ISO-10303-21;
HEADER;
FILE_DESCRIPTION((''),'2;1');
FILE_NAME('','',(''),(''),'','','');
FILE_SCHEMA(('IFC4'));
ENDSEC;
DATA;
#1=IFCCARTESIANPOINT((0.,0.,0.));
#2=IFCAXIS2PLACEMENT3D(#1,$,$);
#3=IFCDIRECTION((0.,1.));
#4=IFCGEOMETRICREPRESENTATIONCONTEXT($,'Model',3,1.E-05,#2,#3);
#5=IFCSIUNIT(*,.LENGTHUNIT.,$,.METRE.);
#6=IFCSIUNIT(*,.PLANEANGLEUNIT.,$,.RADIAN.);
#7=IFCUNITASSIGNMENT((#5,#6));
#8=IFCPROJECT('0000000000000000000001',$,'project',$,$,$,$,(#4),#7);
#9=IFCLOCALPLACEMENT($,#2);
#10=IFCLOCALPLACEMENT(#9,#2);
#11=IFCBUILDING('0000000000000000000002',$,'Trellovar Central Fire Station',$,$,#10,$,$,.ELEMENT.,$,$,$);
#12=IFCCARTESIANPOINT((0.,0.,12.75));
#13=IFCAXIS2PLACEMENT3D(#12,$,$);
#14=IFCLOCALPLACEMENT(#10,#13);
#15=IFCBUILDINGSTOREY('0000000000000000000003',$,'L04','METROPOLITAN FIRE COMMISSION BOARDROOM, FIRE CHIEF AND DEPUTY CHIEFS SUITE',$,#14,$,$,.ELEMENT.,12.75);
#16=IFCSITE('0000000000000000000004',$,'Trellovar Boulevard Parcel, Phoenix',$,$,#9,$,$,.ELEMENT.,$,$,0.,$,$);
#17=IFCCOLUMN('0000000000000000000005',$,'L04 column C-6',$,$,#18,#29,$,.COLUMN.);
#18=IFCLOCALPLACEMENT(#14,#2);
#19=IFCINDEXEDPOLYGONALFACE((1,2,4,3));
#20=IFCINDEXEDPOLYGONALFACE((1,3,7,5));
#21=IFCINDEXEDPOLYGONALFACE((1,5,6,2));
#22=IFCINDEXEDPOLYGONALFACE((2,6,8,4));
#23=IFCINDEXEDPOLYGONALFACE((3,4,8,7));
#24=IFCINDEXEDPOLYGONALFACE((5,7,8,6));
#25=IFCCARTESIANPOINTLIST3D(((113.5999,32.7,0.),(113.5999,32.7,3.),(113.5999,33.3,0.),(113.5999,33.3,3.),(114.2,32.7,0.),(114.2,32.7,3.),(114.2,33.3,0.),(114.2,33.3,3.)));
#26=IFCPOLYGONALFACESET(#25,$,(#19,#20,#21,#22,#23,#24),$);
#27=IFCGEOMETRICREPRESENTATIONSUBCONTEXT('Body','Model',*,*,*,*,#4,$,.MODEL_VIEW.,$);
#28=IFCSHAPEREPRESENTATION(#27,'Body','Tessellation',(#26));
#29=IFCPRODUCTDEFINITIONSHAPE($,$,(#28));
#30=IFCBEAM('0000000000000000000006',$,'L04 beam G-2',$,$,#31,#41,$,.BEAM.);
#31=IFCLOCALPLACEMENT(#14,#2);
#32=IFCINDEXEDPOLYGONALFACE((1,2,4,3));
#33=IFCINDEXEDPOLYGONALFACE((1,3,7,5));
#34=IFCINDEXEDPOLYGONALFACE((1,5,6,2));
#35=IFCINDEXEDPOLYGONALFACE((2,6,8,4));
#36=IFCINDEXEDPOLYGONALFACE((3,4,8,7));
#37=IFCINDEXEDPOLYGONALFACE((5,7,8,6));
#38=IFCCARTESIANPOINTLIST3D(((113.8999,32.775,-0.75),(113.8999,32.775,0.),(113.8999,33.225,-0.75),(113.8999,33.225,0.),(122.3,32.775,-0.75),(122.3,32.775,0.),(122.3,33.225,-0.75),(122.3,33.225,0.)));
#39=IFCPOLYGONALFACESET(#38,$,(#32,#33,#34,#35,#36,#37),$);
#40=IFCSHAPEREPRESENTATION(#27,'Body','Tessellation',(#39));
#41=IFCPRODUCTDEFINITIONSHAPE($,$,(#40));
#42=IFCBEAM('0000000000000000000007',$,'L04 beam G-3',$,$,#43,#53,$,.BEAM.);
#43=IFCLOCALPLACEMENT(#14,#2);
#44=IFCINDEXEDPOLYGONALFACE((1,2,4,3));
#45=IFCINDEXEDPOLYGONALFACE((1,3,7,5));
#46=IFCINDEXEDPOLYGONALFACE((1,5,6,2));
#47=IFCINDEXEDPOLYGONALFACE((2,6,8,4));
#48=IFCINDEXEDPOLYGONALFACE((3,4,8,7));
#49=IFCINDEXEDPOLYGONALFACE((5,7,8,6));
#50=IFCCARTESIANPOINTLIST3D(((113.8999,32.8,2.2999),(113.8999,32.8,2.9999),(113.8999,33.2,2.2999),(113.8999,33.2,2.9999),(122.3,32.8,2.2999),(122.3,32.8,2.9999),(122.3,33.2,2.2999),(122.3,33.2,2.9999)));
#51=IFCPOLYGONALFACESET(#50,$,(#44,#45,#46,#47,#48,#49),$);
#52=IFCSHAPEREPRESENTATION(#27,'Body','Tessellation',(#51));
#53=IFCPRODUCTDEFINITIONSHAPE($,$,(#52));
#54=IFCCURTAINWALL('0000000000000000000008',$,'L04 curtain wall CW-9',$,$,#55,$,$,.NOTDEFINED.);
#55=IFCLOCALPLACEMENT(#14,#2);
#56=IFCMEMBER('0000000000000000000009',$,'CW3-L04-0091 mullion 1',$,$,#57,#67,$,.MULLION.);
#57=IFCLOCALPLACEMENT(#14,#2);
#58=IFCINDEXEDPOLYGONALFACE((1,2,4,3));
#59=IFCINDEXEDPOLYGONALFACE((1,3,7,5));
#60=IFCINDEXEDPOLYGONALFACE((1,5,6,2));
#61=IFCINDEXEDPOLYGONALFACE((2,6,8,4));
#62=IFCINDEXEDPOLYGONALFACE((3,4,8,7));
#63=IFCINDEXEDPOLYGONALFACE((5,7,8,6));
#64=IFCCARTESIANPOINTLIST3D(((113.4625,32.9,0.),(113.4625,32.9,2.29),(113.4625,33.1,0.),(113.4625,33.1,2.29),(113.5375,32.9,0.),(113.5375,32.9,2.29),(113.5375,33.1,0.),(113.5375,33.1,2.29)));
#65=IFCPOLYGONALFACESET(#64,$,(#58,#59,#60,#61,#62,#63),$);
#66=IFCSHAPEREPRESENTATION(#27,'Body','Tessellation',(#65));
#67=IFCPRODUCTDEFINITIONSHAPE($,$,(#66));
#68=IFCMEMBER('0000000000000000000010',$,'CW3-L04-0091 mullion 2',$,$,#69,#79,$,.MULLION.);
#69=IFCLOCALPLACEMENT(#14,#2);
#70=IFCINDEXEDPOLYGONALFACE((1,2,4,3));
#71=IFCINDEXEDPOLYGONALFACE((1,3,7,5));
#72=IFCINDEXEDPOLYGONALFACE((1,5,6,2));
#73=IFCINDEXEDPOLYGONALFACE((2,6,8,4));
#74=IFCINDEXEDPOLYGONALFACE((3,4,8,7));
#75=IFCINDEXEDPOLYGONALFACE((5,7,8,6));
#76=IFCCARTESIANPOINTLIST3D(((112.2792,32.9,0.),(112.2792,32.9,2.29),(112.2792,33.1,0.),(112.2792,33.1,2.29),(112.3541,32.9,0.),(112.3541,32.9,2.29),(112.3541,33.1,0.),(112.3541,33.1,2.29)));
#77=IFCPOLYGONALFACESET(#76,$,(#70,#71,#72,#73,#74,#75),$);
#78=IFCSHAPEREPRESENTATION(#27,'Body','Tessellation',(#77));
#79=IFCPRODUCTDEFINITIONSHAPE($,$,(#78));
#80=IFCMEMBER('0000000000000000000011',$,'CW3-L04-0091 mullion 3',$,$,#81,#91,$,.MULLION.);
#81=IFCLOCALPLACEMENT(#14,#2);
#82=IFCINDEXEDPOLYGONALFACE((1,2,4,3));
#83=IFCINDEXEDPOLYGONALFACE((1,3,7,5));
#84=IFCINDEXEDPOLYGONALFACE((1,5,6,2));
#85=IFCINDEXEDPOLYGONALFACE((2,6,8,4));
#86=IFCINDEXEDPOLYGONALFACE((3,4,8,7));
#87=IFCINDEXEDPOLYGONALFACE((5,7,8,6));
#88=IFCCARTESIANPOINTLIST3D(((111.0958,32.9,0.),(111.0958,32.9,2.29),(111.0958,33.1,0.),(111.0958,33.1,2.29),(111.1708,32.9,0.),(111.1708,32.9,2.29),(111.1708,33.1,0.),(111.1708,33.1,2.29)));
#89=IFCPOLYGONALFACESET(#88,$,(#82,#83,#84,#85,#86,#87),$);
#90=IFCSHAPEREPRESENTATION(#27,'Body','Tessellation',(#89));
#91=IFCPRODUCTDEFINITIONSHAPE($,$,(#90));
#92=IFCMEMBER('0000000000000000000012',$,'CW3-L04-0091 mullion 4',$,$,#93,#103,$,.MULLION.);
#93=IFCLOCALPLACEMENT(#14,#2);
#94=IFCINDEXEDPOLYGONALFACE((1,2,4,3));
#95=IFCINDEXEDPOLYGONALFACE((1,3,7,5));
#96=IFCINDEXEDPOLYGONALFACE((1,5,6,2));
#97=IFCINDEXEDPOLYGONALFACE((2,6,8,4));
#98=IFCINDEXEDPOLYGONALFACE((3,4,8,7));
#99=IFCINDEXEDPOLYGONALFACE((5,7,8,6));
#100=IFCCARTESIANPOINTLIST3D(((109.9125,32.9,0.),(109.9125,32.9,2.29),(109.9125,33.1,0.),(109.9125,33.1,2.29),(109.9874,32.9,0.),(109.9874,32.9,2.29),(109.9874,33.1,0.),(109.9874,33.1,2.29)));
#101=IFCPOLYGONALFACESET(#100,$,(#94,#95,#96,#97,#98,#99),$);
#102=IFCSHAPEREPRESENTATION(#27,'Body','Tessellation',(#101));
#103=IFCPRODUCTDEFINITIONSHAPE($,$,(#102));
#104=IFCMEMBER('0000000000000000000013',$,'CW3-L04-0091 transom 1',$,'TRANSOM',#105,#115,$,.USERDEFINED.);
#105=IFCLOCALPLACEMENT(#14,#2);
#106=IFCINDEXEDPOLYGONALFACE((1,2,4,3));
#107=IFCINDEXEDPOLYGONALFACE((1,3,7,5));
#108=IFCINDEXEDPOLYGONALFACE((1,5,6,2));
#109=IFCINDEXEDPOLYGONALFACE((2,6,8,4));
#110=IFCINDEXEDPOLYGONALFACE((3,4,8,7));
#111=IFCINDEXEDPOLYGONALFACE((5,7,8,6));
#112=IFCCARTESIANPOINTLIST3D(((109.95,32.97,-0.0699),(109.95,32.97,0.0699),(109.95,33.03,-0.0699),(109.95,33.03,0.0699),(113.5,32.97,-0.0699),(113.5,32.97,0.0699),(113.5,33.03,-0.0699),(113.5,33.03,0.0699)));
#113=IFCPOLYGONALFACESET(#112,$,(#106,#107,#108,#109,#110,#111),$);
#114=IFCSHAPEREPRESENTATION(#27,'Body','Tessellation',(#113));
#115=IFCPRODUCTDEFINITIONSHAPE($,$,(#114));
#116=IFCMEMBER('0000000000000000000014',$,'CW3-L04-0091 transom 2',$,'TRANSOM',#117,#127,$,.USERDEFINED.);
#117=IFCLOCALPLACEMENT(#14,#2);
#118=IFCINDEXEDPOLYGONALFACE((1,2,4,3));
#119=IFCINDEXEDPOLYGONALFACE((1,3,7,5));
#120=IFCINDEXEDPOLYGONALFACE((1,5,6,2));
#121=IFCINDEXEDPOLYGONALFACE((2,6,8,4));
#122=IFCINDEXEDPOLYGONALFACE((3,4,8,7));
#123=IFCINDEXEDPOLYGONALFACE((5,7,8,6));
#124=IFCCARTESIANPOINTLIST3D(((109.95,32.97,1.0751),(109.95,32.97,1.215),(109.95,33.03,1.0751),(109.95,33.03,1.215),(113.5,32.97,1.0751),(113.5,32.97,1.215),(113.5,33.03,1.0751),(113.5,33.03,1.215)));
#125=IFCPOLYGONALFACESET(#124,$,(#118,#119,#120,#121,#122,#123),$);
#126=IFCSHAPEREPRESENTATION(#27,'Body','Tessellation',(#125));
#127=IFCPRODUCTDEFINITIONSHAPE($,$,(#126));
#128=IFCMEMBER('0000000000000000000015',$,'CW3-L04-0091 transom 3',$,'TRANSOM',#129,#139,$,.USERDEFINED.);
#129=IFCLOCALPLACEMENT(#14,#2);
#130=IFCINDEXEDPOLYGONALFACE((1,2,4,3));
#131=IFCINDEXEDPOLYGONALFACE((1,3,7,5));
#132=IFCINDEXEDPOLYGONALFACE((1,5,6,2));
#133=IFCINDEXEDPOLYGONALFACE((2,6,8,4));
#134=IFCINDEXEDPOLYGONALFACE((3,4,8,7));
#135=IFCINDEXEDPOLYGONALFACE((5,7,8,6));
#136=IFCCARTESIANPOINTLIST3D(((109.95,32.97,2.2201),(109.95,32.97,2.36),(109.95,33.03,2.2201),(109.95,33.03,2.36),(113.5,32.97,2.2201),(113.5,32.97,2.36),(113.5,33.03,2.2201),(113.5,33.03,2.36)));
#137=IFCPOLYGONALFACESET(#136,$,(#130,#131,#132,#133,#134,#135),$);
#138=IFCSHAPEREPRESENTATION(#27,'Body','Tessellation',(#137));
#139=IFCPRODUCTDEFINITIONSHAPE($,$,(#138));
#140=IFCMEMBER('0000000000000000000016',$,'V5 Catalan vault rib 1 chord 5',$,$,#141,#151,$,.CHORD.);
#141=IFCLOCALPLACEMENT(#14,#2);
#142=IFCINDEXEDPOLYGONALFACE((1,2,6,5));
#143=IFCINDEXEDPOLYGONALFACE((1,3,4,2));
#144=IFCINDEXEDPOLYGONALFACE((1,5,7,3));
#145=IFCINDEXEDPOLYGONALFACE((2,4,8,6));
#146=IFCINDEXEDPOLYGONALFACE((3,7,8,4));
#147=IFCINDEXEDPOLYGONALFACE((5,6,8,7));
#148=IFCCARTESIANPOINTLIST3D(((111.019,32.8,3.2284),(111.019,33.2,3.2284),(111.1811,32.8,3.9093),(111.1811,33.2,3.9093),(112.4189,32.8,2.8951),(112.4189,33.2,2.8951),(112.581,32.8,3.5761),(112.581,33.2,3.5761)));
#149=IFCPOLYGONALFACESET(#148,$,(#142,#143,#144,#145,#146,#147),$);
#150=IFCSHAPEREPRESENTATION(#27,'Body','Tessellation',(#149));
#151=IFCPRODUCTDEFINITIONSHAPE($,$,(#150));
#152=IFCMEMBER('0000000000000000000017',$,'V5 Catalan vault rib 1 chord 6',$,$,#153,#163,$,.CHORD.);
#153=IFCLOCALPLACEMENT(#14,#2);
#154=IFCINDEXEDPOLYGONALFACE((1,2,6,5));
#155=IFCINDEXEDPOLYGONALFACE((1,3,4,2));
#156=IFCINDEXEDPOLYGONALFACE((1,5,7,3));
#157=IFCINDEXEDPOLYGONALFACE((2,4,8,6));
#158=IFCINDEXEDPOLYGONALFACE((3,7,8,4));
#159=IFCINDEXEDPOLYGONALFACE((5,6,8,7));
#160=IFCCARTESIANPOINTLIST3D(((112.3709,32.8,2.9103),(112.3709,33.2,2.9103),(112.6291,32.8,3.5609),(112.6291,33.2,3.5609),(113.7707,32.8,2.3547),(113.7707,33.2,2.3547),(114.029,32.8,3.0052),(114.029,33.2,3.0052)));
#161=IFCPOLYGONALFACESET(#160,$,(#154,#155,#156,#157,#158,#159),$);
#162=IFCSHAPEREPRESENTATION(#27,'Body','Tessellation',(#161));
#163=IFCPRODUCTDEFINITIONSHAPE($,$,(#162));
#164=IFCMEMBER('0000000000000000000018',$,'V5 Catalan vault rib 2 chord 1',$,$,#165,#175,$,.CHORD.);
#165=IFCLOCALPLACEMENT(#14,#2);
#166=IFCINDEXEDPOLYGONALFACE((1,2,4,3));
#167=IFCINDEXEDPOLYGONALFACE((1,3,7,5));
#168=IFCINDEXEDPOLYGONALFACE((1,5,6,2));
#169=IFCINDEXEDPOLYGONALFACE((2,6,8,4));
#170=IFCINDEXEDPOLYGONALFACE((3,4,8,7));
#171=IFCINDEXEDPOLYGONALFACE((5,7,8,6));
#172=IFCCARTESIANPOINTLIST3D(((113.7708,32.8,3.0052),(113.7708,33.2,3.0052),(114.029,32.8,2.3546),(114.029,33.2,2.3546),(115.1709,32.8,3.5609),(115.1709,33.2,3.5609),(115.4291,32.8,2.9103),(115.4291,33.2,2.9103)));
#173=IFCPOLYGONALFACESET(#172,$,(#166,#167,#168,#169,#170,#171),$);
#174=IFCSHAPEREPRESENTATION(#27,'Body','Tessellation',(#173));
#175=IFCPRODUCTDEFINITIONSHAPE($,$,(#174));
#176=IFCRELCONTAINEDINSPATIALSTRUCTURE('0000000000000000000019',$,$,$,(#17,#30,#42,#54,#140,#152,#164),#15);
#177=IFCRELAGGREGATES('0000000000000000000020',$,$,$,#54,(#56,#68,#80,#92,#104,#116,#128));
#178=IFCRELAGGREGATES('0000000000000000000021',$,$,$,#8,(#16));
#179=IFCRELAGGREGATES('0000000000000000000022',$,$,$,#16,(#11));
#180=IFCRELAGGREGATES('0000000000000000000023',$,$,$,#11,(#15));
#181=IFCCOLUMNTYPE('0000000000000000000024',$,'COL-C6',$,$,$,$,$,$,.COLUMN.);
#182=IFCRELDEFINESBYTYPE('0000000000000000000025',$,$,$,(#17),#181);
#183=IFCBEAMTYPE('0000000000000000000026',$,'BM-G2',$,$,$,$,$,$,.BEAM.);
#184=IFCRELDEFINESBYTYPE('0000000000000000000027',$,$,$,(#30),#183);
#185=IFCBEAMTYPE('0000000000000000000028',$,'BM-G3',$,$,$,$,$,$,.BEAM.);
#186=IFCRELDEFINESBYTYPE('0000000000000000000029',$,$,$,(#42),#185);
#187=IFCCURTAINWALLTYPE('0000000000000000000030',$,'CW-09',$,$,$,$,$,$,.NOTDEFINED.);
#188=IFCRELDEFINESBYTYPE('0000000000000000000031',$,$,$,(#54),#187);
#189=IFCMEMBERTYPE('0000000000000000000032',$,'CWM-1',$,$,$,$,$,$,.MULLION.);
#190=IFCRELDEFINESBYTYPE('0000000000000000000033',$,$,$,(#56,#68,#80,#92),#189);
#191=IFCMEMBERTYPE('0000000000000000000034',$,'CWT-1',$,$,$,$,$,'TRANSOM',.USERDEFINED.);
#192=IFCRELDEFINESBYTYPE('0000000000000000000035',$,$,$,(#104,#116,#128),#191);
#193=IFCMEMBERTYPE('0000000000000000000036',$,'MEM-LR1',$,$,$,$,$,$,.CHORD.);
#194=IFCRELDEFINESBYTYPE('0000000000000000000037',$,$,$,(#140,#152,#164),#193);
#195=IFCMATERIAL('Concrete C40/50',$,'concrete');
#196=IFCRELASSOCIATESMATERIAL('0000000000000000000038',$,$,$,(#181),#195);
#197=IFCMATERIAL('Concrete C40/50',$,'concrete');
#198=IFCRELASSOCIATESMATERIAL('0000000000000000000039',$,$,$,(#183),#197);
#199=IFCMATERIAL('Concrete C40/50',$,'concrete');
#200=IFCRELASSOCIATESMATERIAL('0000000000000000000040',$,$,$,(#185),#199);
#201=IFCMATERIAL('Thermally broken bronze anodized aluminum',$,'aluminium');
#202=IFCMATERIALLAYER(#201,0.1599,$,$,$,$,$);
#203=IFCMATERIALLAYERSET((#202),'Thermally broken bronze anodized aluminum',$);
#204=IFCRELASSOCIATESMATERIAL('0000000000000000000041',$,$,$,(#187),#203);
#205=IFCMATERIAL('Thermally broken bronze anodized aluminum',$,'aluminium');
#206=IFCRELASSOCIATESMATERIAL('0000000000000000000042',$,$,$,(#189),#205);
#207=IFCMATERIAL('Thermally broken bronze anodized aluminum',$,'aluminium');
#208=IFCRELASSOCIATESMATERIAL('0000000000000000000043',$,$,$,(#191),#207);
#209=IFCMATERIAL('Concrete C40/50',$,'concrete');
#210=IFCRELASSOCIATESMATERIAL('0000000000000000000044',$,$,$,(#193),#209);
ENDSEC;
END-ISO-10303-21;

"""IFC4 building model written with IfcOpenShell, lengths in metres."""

from ifc_helpers import new_model, si_unit, direction, frame, origin, origin_2d, place, context, subcontext, project, spatial, rectangle, extrude, material, layer, layer_set, material_profile, profile_set, type_object, element, aggregate, save


model = new_model("IFC4")

# Units and contexts
model_context = context("Model", 3, precision=1e-05, world=origin(), true_north=direction((0.0, 1.0)))
body_context = subcontext(model_context, "Body", "Model", "MODEL_VIEW")
ifc_project = project(units=[si_unit("LENGTHUNIT", "METRE"), si_unit("PLANEANGLEUNIT", "RADIAN")], contexts=[model_context])

# Site, building, storey
site_placement = place(None, origin())
site = spatial("IfcSite", under=ifc_project, at=site_placement, Name="Trellovar Boulevard Parcel, Phoenix", CompositionType="ELEMENT", RefElevation=0.0)
building_placement = place(site_placement, origin())
building = spatial("IfcBuilding", under=site, at=building_placement, Name="Trellovar Central Fire Station", CompositionType="ELEMENT")
storey_placement = place(building_placement, frame((0.0, 0.0, 12.75)))
storey = spatial("IfcBuildingStorey", under=building, at=storey_placement, Name="L04", Description="METROPOLITAN FIRE COMMISSION BOARDROOM, FIRE CHIEF AND DEPUTY CHIEFS SUITE", CompositionType="ELEMENT", Elevation=12.75)

# Column
ifc_material_1 = material(Name="Concrete C40/50", Category="concrete")
ifc_material_profile_1 = material_profile(ifc_material_1, rectangle(XDim=0.6001, YDim=0.6001, at=origin_2d()), Name="RC600X600")
ifc_profile_set_1 = profile_set([ifc_material_profile_1], Name="Concrete C40/50")
column_type = type_object("IfcColumnType", Name="COL-C6", PredefinedType="COLUMN", material=ifc_profile_set_1)
column_placement = place(storey_placement, frame((113.8999, 33.0, 0.0), z_axis=(0.0, 0.0, 1.0), x_axis=(1.0, 0.0, 0.0)))
element("IfcColumn", 1, at=column_placement, inside=storey, type_object=column_type, Name="L04 column C-6", PredefinedType="COLUMN", context=body_context, shape_type="SweptSolid", body=[
    extrude(rectangle(XDim=0.6001, YDim=0.6001, at=origin_2d()), origin(), (0.0, 0.0, 1.0), 3.0),
])

# Beams
ifc_material_2 = material(Name="Concrete C40/50", Category="concrete")
ifc_material_profile_2 = material_profile(ifc_material_2, rectangle(XDim=0.45, YDim=0.75, at=origin_2d()), Name="RC450X750")
ifc_profile_set_2 = profile_set([ifc_material_profile_2], Name="Concrete C40/50")
beam_type_1 = type_object("IfcBeamType", Name="BM-G2", PredefinedType="BEAM", material=ifc_profile_set_2)
beam_1_placement = place(storey_placement, frame((113.8999, 33.0, -0.375), z_axis=(1.0, 0.0, 0.0), x_axis=(0.0, 1.0, 0.0)))
element("IfcBeam", 2, at=beam_1_placement, inside=storey, type_object=beam_type_1, Name="L04 beam G-2", PredefinedType="BEAM", context=body_context, shape_type="SweptSolid", body=[
    extrude(rectangle(XDim=0.45, YDim=0.75, at=origin_2d()), origin(), (0.0, 0.0, 1.0), 8.4001),
])
ifc_material_3 = material(Name="Concrete C40/50", Category="concrete")
ifc_material_profile_3 = material_profile(ifc_material_3, rectangle(XDim=0.3999, YDim=0.7, at=origin_2d()), Name="RC400X700")
ifc_profile_set_3 = profile_set([ifc_material_profile_3], Name="Concrete C40/50")
beam_type_2 = type_object("IfcBeamType", Name="BM-G3", PredefinedType="BEAM", material=ifc_profile_set_3)
beam_2_placement = place(storey_placement, frame((113.8999, 33.0, 2.6499), z_axis=(1.0, 0.0, 0.0), x_axis=(0.0, 1.0, 0.0)))
element("IfcBeam", 3, at=beam_2_placement, inside=storey, type_object=beam_type_2, Name="L04 beam G-3", PredefinedType="BEAM", context=body_context, shape_type="SweptSolid", body=[
    extrude(rectangle(XDim=0.3999, YDim=0.7, at=origin_2d()), origin(), (0.0, 0.0, 1.0), 8.4001),
])

# Curtain wall, members
ifc_material_4 = material(Name="Thermally broken bronze anodized aluminum", Category="aluminium")
ifc_layer_1 = layer(ifc_material_4, 0.1599)
ifc_layer_set_1 = layer_set([ifc_layer_1], Name="Thermally broken bronze anodized aluminum")
curtain_wall_type = type_object("IfcCurtainWallType", Name="CW-09", PredefinedType="NOTDEFINED", material=ifc_layer_set_1)
curtain_wall_placement = place(storey_placement, origin())
curtain_wall = element("IfcCurtainWall", 4, at=curtain_wall_placement, inside=storey, type_object=curtain_wall_type, Name="L04 curtain wall CW-9", PredefinedType="NOTDEFINED")
ifc_material_5 = material(Name="Thermally broken bronze anodized aluminum", Category="aluminium")
ifc_material_profile_4 = material_profile(ifc_material_5, rectangle(XDim=0.075, YDim=0.2, at=origin_2d()), Name="ALU75X200")
ifc_profile_set_4 = profile_set([ifc_material_profile_4], Name="Thermally broken bronze anodized aluminum")
member_type_1 = type_object("IfcMemberType", Name="CWM-1", PredefinedType="MULLION", material=ifc_profile_set_4)
member_1_placement = place(storey_placement, frame((113.5, 33.0, 0.0), z_axis=(0.0, 0.0, 1.0), x_axis=(1.0, 0.0, 0.0)))
member_1 = element("IfcMember", 5, at=member_1_placement, type_object=member_type_1, Name="CW3-L04-0091 mullion 1", PredefinedType="MULLION", context=body_context, shape_type="SweptSolid", body=[
    extrude(rectangle(XDim=0.075, YDim=0.2, at=origin_2d()), origin(), (0.0, 0.0, 1.0), 2.29),
])
member_2_placement = place(storey_placement, frame((112.3167, 33.0, 0.0), z_axis=(0.0, 0.0, 1.0), x_axis=(1.0, 0.0, 0.0)))
member_2 = element("IfcMember", 6, at=member_2_placement, type_object=member_type_1, Name="CW3-L04-0091 mullion 2", PredefinedType="MULLION", context=body_context, shape_type="SweptSolid", body=[
    extrude(rectangle(XDim=0.075, YDim=0.2, at=origin_2d()), origin(), (0.0, 0.0, 1.0), 2.29),
])
member_3_placement = place(storey_placement, frame((111.1333, 33.0, 0.0), z_axis=(0.0, 0.0, 1.0), x_axis=(1.0, 0.0, 0.0)))
member_3 = element("IfcMember", 7, at=member_3_placement, type_object=member_type_1, Name="CW3-L04-0091 mullion 3", PredefinedType="MULLION", context=body_context, shape_type="SweptSolid", body=[
    extrude(rectangle(XDim=0.075, YDim=0.2, at=origin_2d()), origin(), (0.0, 0.0, 1.0), 2.29),
])
member_4_placement = place(storey_placement, frame((109.95, 33.0, 0.0), z_axis=(0.0, 0.0, 1.0), x_axis=(1.0, 0.0, 0.0)))
member_4 = element("IfcMember", 8, at=member_4_placement, type_object=member_type_1, Name="CW3-L04-0091 mullion 4", PredefinedType="MULLION", context=body_context, shape_type="SweptSolid", body=[
    extrude(rectangle(XDim=0.075, YDim=0.2, at=origin_2d()), origin(), (0.0, 0.0, 1.0), 2.29),
])
ifc_material_6 = material(Name="Thermally broken bronze anodized aluminum", Category="aluminium")
ifc_material_profile_5 = material_profile(ifc_material_6, rectangle(XDim=0.0601, YDim=0.1399, at=origin_2d()), Name="ALU60X140")
ifc_profile_set_5 = profile_set([ifc_material_profile_5], Name="Thermally broken bronze anodized aluminum")
member_type_2 = type_object("IfcMemberType", Name="CWT-1", ElementType="TRANSOM", PredefinedType="USERDEFINED", material=ifc_profile_set_5)
member_5_placement = place(storey_placement, frame((113.5, 33.0, 0.0), z_axis=(-1.0, 0.0, 0.0), x_axis=(0.0, -1.0, 0.0)))
member_5 = element("IfcMember", 9, at=member_5_placement, type_object=member_type_2, Name="CW3-L04-0091 transom 1", ObjectType="TRANSOM", PredefinedType="USERDEFINED", context=body_context, shape_type="SweptSolid", body=[
    extrude(rectangle(XDim=0.0601, YDim=0.1399, at=origin_2d()), origin(), (0.0, 0.0, 1.0), 3.55),
])
member_6_placement = place(storey_placement, frame((113.5, 33.0, 1.145), z_axis=(-1.0, 0.0, 0.0), x_axis=(0.0, -1.0, 0.0)))
member_6 = element("IfcMember", 10, at=member_6_placement, type_object=member_type_2, Name="CW3-L04-0091 transom 2", ObjectType="TRANSOM", PredefinedType="USERDEFINED", context=body_context, shape_type="SweptSolid", body=[
    extrude(rectangle(XDim=0.0601, YDim=0.1399, at=origin_2d()), origin(), (0.0, 0.0, 1.0), 3.55),
])
member_7_placement = place(storey_placement, frame((113.5, 33.0, 2.29), z_axis=(-1.0, 0.0, 0.0), x_axis=(0.0, -1.0, 0.0)))
member_7 = element("IfcMember", 11, at=member_7_placement, type_object=member_type_2, Name="CW3-L04-0091 transom 3", ObjectType="TRANSOM", PredefinedType="USERDEFINED", context=body_context, shape_type="SweptSolid", body=[
    extrude(rectangle(XDim=0.0601, YDim=0.1399, at=origin_2d()), origin(), (0.0, 0.0, 1.0), 3.55),
])

# Members
ifc_material_7 = material(Name="Concrete C40/50", Category="concrete")
ifc_material_profile_6 = material_profile(ifc_material_7, rectangle(XDim=0.3999, YDim=0.7, at=origin_2d()), Name="RC400X700")
ifc_profile_set_6 = profile_set([ifc_material_profile_6], Name="Concrete C40/50")
member_type_3 = type_object("IfcMemberType", Name="MEM-LR1", PredefinedType="CHORD", material=ifc_profile_set_6)
member_8_placement = place(storey_placement, frame((111.1001, 33.0, 3.5688), z_axis=(0.972815, 0.0, -0.231582), x_axis=(0.0, 1.0, 0.0)))
element("IfcMember", 12, at=member_8_placement, inside=storey, type_object=member_type_3, Name="V5 Catalan vault rib 1 chord 5", PredefinedType="CHORD", context=body_context, shape_type="SweptSolid", body=[
    extrude(rectangle(XDim=0.3999, YDim=0.7, at=origin_2d()), origin(), (0.0, 0.0, 1.0), 1.439),
])
member_9_placement = place(storey_placement, frame((112.5, 33.0, 3.2356), z_axis=(0.929457, 0.0, -0.36893), x_axis=(0.0, 1.0, 0.0)))
element("IfcMember", 13, at=member_9_placement, inside=storey, type_object=member_type_3, Name="V5 Catalan vault rib 1 chord 6", PredefinedType="CHORD", context=body_context, shape_type="SweptSolid", body=[
    extrude(rectangle(XDim=0.3999, YDim=0.7, at=origin_2d()), origin(), (0.0, 0.0, 1.0), 1.5061),
])
member_10_placement = place(storey_placement, frame((113.8999, 33.0, 2.6799), z_axis=(0.929479, 0.0, 0.368874), x_axis=(0.0, 1.0, 0.0)))
element("IfcMember", 14, at=member_10_placement, inside=storey, type_object=member_type_3, Name="V5 Catalan vault rib 2 chord 1", PredefinedType="CHORD", context=body_context, shape_type="SweptSolid", body=[
    extrude(rectangle(XDim=0.3999, YDim=0.7, at=origin_2d()), origin(), (0.0, 0.0, 1.0), 1.5063),
])

aggregate(curtain_wall, [member_1, member_2, member_3, member_4, member_5, member_6, member_7])

save(model, "model.ifc")
